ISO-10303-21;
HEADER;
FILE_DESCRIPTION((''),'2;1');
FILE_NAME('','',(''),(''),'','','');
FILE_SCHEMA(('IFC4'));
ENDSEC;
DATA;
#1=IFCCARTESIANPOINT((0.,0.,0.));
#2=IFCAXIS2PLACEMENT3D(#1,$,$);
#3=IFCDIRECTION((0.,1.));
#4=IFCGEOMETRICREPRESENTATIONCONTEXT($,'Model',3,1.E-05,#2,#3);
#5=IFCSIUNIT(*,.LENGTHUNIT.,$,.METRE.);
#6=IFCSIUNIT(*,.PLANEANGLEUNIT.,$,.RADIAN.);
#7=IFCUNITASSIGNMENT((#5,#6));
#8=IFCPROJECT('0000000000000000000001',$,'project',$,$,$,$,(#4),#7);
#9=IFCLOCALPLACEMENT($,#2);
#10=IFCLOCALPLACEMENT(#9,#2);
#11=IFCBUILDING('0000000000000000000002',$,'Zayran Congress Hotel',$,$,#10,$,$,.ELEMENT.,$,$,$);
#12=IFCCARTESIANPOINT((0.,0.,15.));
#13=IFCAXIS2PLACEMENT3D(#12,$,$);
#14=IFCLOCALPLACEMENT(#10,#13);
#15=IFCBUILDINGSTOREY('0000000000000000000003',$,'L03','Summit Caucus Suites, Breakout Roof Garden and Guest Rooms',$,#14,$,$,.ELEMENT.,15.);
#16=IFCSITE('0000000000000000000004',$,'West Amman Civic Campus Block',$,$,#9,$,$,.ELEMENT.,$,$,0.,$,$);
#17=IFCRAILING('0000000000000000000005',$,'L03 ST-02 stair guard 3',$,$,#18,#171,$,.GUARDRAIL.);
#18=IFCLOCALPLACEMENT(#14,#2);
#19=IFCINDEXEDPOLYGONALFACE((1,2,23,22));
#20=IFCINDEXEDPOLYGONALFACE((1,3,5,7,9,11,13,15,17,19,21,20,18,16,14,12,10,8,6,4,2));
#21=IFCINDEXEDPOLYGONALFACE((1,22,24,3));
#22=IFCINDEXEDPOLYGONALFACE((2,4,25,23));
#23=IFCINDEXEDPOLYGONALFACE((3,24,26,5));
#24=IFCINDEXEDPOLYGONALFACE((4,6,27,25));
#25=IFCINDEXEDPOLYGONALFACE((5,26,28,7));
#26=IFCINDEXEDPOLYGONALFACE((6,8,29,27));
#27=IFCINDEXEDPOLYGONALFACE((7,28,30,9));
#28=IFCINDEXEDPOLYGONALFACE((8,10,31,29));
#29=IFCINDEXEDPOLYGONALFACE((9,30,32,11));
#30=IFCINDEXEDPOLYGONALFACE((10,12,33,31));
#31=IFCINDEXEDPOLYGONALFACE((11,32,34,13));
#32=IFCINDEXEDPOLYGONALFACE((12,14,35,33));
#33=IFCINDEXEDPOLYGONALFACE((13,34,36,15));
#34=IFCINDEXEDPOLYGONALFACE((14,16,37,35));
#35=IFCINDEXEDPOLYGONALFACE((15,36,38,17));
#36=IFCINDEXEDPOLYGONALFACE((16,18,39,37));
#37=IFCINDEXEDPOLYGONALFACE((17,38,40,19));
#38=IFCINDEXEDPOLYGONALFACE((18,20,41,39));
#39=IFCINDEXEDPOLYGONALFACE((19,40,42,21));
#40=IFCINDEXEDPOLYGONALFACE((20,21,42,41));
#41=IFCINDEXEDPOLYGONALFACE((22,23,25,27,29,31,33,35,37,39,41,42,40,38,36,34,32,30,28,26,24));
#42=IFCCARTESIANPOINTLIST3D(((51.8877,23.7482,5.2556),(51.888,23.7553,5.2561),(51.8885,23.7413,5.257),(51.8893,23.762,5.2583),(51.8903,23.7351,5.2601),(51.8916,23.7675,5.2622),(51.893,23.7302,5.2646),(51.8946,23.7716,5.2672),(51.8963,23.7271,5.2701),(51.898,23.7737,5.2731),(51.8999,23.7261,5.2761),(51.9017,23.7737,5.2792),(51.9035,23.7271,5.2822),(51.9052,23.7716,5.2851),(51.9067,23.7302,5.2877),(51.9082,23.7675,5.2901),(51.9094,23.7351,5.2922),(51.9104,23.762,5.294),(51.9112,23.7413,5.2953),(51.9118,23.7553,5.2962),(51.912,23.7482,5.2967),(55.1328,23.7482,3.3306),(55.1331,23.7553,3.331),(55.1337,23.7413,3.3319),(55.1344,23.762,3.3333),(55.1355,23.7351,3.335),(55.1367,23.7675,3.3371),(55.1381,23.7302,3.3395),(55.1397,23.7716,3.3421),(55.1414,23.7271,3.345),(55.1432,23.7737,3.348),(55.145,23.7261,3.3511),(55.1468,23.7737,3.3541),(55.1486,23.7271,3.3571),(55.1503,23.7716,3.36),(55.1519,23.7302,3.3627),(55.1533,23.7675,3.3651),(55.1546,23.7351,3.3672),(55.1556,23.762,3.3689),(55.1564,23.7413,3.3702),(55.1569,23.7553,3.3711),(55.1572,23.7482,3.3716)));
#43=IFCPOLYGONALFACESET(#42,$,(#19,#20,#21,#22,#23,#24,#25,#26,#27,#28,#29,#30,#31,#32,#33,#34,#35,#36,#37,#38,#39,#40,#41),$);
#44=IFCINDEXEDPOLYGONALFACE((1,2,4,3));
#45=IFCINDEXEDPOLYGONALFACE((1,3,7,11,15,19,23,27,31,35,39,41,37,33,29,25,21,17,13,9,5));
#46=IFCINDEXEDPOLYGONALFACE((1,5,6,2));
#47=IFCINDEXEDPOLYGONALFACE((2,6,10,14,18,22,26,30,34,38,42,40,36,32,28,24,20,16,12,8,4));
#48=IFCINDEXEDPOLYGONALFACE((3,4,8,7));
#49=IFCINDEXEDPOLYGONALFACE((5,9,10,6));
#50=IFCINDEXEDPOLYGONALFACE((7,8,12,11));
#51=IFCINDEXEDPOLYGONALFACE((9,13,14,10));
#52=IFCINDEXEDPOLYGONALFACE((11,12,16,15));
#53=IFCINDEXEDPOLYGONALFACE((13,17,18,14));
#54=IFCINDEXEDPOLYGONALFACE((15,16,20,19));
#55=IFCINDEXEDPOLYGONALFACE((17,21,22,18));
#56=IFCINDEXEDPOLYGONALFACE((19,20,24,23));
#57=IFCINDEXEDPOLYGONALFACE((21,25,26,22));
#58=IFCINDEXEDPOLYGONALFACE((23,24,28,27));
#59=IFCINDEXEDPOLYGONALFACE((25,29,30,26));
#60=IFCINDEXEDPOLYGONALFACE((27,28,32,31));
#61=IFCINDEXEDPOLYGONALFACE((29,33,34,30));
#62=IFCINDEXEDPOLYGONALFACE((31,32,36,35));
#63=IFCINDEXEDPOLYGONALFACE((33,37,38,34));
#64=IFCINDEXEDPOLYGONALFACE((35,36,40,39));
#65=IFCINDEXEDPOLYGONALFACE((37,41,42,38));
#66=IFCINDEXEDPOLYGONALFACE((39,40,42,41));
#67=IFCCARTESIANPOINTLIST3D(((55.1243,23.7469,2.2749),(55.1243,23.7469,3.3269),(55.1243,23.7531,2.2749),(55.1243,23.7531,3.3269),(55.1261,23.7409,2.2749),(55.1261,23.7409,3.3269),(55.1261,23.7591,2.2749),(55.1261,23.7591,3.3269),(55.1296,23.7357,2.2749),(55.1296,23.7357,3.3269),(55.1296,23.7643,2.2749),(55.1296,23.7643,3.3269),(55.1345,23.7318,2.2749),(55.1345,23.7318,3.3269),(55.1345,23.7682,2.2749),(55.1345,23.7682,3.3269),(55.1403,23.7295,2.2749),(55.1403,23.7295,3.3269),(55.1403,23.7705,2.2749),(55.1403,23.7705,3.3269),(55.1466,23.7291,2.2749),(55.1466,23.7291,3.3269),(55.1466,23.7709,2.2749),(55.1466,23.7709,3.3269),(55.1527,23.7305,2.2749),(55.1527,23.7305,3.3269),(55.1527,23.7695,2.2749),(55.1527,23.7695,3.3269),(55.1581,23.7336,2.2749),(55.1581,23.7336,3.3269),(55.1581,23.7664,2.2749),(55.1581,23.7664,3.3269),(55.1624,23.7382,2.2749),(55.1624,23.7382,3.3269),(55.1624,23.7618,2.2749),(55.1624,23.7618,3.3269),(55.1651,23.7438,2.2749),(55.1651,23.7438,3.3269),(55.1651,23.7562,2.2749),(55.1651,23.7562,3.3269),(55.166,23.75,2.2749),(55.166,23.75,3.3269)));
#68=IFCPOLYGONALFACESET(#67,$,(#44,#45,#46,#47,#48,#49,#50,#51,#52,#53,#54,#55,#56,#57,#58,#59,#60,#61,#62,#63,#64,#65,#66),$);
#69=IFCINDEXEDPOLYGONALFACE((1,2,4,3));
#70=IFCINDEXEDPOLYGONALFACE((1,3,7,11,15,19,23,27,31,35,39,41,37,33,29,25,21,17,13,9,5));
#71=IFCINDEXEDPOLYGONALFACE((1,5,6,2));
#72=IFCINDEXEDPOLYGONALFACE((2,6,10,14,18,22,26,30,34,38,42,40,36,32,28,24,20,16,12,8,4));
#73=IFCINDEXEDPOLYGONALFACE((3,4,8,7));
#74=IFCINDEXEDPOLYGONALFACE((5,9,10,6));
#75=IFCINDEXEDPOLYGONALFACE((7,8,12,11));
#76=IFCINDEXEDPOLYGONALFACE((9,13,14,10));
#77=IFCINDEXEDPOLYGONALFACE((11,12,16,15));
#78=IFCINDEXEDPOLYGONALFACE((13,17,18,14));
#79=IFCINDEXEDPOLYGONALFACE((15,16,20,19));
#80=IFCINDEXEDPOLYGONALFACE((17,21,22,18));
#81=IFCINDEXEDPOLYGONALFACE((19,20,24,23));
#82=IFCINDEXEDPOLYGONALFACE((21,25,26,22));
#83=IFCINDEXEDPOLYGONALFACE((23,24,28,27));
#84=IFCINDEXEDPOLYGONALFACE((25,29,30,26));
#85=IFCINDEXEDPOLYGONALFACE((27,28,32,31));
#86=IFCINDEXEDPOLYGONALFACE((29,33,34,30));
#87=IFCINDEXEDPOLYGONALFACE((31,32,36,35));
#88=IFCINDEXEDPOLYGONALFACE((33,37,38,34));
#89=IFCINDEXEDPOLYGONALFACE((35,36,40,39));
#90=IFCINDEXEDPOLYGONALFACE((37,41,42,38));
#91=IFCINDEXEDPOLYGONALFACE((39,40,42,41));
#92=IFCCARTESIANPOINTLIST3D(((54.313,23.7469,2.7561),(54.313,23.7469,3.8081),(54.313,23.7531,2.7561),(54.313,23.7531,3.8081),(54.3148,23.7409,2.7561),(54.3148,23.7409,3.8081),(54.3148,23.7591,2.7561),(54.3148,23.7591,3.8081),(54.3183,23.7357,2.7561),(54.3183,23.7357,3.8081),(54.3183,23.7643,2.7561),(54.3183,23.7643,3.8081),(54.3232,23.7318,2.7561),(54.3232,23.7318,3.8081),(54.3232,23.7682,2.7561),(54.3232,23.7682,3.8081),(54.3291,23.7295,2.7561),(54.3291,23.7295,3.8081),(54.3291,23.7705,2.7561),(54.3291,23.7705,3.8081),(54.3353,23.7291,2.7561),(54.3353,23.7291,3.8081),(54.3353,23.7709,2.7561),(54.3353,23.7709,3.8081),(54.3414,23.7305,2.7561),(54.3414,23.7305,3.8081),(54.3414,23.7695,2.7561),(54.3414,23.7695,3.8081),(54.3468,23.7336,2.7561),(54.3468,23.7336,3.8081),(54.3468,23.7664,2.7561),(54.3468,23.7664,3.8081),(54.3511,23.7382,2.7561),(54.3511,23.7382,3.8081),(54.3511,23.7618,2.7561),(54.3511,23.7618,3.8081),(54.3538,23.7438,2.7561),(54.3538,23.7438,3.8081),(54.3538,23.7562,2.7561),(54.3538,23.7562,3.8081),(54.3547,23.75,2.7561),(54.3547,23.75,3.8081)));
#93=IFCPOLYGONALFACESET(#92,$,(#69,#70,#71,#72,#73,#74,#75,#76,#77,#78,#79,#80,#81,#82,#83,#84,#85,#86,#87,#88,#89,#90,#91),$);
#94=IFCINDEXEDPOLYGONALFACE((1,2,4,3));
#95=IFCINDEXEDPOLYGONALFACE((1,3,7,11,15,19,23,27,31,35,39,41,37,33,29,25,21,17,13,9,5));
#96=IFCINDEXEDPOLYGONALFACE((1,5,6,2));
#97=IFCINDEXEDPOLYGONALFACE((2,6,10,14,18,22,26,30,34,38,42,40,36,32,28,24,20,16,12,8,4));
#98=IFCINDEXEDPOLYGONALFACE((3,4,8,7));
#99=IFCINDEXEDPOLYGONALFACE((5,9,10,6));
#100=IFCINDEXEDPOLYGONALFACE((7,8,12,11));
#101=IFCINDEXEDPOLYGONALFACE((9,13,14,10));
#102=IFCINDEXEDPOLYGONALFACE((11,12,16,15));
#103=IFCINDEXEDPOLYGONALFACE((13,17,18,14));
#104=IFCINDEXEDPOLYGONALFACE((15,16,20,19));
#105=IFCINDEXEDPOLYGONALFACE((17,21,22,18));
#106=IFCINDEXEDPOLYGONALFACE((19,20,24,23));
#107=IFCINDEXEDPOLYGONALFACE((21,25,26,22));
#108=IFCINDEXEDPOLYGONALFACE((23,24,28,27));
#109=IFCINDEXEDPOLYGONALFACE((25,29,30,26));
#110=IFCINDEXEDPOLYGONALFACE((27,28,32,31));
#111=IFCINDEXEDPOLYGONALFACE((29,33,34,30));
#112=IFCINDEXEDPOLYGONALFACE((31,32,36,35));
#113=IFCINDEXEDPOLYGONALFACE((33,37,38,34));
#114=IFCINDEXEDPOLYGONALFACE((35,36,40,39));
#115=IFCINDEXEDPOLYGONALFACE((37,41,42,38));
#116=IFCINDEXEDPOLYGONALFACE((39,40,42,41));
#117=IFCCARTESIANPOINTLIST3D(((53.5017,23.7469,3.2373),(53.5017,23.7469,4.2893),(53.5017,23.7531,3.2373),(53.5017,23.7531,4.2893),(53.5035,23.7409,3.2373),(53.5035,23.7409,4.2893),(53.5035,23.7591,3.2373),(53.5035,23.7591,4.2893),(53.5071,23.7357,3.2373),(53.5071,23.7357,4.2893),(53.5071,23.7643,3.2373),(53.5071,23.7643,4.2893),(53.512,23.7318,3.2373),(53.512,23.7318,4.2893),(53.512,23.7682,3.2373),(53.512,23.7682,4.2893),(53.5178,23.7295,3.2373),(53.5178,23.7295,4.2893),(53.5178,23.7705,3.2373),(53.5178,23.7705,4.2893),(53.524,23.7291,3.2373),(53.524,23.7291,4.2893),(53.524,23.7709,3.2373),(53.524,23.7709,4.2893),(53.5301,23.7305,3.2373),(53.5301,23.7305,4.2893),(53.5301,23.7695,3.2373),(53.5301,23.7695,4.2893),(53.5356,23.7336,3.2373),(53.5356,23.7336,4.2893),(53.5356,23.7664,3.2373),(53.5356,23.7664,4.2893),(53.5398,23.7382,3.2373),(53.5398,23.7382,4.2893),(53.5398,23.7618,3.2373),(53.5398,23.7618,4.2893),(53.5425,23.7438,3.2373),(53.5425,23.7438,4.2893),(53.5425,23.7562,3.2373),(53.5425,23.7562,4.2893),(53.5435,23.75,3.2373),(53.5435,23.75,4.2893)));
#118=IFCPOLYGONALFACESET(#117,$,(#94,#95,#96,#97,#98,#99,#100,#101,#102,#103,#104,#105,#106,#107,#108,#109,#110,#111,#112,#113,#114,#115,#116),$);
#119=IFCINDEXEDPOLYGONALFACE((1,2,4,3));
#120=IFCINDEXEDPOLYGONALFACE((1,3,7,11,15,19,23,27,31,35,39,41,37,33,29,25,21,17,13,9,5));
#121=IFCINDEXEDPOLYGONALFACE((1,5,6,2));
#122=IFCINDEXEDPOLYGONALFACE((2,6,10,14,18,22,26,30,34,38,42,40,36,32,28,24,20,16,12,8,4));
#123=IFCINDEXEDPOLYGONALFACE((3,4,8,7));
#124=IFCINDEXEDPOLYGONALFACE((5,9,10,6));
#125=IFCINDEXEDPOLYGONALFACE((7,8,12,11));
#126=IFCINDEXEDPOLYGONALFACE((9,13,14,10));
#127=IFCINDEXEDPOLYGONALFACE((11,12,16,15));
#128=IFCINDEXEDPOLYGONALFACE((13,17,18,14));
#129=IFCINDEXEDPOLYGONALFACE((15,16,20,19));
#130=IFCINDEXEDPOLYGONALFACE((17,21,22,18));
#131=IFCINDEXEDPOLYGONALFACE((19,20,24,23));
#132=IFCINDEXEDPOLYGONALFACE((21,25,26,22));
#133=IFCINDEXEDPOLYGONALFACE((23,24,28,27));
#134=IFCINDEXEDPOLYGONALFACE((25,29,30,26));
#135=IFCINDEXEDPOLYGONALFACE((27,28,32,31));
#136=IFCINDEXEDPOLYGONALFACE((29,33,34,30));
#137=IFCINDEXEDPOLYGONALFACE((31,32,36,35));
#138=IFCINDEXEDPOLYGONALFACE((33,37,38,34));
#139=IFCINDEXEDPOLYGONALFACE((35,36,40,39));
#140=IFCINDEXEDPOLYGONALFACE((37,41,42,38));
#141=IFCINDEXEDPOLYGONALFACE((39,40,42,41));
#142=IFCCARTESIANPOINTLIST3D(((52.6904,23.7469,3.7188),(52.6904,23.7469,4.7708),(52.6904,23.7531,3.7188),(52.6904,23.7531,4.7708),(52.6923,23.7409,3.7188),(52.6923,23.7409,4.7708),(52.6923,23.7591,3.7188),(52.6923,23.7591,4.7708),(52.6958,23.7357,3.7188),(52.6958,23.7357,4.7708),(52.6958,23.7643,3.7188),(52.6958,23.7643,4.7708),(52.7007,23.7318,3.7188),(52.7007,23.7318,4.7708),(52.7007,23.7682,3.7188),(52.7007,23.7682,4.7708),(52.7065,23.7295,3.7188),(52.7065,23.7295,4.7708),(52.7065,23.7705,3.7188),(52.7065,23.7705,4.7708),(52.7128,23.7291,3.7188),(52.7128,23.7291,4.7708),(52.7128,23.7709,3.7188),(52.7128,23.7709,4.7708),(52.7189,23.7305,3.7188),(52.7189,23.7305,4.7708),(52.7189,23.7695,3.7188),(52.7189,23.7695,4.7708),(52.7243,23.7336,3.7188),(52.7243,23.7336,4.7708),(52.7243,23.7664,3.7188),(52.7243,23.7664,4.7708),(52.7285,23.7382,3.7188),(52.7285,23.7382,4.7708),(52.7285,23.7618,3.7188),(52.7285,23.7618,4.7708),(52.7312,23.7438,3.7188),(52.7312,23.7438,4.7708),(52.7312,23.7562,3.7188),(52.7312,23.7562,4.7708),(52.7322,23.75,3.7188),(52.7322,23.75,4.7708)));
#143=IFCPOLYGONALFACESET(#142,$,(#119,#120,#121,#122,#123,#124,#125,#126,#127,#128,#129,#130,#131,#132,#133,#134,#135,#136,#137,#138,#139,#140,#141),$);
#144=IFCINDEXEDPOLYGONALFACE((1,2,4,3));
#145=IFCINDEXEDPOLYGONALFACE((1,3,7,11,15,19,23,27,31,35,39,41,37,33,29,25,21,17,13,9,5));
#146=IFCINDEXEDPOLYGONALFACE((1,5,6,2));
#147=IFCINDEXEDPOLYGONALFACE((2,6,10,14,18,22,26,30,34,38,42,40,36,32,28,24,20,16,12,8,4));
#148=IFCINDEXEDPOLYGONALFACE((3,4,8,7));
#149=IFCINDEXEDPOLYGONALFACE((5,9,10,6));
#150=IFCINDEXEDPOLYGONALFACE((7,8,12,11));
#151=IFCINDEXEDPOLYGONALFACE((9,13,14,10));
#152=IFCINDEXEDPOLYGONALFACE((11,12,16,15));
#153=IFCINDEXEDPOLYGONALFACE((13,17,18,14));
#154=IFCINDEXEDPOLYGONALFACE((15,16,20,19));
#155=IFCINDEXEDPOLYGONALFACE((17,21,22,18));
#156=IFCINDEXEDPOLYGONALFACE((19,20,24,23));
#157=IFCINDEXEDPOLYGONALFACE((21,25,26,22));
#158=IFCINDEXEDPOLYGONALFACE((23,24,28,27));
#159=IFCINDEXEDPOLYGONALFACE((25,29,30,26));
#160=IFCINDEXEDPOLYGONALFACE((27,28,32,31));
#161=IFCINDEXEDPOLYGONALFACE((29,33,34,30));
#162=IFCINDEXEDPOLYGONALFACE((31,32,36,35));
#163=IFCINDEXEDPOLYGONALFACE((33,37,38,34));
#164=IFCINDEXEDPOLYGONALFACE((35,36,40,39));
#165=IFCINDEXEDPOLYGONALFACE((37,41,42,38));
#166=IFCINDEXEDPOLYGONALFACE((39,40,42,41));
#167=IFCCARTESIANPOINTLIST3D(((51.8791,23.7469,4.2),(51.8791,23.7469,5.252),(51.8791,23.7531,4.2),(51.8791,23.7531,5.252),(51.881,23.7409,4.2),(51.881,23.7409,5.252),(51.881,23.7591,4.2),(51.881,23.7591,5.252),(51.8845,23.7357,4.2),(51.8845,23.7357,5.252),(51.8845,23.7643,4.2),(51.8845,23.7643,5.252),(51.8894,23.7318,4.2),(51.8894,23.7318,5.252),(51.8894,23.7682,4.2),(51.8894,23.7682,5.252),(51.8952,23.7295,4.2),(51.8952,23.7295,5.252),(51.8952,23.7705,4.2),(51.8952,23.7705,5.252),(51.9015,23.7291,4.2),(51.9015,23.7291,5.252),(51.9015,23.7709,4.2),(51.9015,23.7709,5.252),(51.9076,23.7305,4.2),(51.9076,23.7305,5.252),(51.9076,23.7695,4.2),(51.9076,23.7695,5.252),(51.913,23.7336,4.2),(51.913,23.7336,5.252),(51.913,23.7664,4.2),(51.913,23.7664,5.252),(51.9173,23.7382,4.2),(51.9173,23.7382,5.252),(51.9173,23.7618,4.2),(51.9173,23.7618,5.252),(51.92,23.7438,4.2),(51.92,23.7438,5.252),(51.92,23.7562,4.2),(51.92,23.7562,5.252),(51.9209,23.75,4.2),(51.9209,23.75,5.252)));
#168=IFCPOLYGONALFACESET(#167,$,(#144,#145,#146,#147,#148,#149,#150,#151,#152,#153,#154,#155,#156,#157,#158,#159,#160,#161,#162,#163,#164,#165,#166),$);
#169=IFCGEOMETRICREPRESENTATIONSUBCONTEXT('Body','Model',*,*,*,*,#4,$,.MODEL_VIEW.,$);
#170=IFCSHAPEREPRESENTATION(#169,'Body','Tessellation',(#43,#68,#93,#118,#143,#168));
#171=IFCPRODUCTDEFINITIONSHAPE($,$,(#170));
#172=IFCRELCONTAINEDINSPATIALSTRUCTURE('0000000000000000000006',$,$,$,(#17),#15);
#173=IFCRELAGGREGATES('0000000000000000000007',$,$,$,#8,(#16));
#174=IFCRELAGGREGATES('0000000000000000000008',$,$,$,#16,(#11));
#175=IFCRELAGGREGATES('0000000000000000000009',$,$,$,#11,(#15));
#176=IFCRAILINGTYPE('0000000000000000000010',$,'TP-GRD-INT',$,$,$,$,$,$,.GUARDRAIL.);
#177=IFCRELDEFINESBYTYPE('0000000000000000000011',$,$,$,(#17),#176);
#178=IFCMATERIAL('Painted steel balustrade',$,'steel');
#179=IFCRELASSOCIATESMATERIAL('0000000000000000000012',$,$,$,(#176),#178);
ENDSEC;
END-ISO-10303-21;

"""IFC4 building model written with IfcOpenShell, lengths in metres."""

from ifc_helpers import new_model, si_unit, direction, frame, origin, origin_2d, place, context, subcontext, project, spatial, circle, extrude, material, type_object, element, save


model = new_model("IFC4")

# Units and contexts
model_context = context("Model", 3, precision=1e-05, world=origin(), true_north=direction((0.0, 1.0)))
body_context = subcontext(model_context, "Body", "Model", "MODEL_VIEW")
ifc_project = project(units=[si_unit("LENGTHUNIT", "METRE"), si_unit("PLANEANGLEUNIT", "RADIAN")], contexts=[model_context])

# Site, building, storey
site_placement = place(None, origin())
site = spatial("IfcSite", under=ifc_project, at=site_placement, Name="West Amman Civic Campus Block", CompositionType="ELEMENT", RefElevation=0.0)
building_placement = place(site_placement, origin())
building = spatial("IfcBuilding", under=site, at=building_placement, Name="Zayran Congress Hotel", CompositionType="ELEMENT")
storey_placement = place(building_placement, frame((0.0, 0.0, 15.0)))
storey = spatial("IfcBuildingStorey", under=building, at=storey_placement, Name="L03", Description="Summit Caucus Suites, Breakout Roof Garden and Guest Rooms", CompositionType="ELEMENT", Elevation=15.0)

# Railing
ifc_material_1 = material(Name="Painted steel balustrade", Category="steel")
railing_type_1 = type_object("IfcRailingType", Name="TP-GRD-INT", PredefinedType="GUARDRAIL", material=ifc_material_1)
railing_1_placement = place(storey_placement, frame((55.145, 23.75, 2.2749)))
element("IfcRailing", 1, at=railing_1_placement, inside=storey, type_object=railing_type_1, Name="L03 ST-02 stair guard 3", PredefinedType="GUARDRAIL", context=body_context, shape_type="SweptSolid", body=[
    extrude(circle(Radius=0.0239, at=origin_2d()), frame((0.0, 0.0, 1.0762), z_axis=(-0.860057, 0.0, 0.510198), x_axis=(0.0, -1.0, 0.0)), (0.0, 0.0, 1.0), 3.7732),
    extrude(circle(Radius=0.021, at=origin_2d()), origin(), (0.0, 0.0, 1.0), 1.052),
    extrude(circle(Radius=0.021, at=origin_2d()), frame((-0.8113, 0.0, 0.4812)), (0.0, 0.0, 1.0), 1.052),
    extrude(circle(Radius=0.021, at=origin_2d()), frame((-1.6226, 0.0, 0.9624)), (0.0, 0.0, 1.0), 1.052),
    extrude(circle(Radius=0.021, at=origin_2d()), frame((-2.4338, 0.0, 1.4438)), (0.0, 0.0, 1.0), 1.052),
    extrude(circle(Radius=0.021, at=origin_2d()), frame((-3.2451, 0.0, 1.925)), (0.0, 0.0, 1.0), 1.052),
])

save(model, "model.ifc")
